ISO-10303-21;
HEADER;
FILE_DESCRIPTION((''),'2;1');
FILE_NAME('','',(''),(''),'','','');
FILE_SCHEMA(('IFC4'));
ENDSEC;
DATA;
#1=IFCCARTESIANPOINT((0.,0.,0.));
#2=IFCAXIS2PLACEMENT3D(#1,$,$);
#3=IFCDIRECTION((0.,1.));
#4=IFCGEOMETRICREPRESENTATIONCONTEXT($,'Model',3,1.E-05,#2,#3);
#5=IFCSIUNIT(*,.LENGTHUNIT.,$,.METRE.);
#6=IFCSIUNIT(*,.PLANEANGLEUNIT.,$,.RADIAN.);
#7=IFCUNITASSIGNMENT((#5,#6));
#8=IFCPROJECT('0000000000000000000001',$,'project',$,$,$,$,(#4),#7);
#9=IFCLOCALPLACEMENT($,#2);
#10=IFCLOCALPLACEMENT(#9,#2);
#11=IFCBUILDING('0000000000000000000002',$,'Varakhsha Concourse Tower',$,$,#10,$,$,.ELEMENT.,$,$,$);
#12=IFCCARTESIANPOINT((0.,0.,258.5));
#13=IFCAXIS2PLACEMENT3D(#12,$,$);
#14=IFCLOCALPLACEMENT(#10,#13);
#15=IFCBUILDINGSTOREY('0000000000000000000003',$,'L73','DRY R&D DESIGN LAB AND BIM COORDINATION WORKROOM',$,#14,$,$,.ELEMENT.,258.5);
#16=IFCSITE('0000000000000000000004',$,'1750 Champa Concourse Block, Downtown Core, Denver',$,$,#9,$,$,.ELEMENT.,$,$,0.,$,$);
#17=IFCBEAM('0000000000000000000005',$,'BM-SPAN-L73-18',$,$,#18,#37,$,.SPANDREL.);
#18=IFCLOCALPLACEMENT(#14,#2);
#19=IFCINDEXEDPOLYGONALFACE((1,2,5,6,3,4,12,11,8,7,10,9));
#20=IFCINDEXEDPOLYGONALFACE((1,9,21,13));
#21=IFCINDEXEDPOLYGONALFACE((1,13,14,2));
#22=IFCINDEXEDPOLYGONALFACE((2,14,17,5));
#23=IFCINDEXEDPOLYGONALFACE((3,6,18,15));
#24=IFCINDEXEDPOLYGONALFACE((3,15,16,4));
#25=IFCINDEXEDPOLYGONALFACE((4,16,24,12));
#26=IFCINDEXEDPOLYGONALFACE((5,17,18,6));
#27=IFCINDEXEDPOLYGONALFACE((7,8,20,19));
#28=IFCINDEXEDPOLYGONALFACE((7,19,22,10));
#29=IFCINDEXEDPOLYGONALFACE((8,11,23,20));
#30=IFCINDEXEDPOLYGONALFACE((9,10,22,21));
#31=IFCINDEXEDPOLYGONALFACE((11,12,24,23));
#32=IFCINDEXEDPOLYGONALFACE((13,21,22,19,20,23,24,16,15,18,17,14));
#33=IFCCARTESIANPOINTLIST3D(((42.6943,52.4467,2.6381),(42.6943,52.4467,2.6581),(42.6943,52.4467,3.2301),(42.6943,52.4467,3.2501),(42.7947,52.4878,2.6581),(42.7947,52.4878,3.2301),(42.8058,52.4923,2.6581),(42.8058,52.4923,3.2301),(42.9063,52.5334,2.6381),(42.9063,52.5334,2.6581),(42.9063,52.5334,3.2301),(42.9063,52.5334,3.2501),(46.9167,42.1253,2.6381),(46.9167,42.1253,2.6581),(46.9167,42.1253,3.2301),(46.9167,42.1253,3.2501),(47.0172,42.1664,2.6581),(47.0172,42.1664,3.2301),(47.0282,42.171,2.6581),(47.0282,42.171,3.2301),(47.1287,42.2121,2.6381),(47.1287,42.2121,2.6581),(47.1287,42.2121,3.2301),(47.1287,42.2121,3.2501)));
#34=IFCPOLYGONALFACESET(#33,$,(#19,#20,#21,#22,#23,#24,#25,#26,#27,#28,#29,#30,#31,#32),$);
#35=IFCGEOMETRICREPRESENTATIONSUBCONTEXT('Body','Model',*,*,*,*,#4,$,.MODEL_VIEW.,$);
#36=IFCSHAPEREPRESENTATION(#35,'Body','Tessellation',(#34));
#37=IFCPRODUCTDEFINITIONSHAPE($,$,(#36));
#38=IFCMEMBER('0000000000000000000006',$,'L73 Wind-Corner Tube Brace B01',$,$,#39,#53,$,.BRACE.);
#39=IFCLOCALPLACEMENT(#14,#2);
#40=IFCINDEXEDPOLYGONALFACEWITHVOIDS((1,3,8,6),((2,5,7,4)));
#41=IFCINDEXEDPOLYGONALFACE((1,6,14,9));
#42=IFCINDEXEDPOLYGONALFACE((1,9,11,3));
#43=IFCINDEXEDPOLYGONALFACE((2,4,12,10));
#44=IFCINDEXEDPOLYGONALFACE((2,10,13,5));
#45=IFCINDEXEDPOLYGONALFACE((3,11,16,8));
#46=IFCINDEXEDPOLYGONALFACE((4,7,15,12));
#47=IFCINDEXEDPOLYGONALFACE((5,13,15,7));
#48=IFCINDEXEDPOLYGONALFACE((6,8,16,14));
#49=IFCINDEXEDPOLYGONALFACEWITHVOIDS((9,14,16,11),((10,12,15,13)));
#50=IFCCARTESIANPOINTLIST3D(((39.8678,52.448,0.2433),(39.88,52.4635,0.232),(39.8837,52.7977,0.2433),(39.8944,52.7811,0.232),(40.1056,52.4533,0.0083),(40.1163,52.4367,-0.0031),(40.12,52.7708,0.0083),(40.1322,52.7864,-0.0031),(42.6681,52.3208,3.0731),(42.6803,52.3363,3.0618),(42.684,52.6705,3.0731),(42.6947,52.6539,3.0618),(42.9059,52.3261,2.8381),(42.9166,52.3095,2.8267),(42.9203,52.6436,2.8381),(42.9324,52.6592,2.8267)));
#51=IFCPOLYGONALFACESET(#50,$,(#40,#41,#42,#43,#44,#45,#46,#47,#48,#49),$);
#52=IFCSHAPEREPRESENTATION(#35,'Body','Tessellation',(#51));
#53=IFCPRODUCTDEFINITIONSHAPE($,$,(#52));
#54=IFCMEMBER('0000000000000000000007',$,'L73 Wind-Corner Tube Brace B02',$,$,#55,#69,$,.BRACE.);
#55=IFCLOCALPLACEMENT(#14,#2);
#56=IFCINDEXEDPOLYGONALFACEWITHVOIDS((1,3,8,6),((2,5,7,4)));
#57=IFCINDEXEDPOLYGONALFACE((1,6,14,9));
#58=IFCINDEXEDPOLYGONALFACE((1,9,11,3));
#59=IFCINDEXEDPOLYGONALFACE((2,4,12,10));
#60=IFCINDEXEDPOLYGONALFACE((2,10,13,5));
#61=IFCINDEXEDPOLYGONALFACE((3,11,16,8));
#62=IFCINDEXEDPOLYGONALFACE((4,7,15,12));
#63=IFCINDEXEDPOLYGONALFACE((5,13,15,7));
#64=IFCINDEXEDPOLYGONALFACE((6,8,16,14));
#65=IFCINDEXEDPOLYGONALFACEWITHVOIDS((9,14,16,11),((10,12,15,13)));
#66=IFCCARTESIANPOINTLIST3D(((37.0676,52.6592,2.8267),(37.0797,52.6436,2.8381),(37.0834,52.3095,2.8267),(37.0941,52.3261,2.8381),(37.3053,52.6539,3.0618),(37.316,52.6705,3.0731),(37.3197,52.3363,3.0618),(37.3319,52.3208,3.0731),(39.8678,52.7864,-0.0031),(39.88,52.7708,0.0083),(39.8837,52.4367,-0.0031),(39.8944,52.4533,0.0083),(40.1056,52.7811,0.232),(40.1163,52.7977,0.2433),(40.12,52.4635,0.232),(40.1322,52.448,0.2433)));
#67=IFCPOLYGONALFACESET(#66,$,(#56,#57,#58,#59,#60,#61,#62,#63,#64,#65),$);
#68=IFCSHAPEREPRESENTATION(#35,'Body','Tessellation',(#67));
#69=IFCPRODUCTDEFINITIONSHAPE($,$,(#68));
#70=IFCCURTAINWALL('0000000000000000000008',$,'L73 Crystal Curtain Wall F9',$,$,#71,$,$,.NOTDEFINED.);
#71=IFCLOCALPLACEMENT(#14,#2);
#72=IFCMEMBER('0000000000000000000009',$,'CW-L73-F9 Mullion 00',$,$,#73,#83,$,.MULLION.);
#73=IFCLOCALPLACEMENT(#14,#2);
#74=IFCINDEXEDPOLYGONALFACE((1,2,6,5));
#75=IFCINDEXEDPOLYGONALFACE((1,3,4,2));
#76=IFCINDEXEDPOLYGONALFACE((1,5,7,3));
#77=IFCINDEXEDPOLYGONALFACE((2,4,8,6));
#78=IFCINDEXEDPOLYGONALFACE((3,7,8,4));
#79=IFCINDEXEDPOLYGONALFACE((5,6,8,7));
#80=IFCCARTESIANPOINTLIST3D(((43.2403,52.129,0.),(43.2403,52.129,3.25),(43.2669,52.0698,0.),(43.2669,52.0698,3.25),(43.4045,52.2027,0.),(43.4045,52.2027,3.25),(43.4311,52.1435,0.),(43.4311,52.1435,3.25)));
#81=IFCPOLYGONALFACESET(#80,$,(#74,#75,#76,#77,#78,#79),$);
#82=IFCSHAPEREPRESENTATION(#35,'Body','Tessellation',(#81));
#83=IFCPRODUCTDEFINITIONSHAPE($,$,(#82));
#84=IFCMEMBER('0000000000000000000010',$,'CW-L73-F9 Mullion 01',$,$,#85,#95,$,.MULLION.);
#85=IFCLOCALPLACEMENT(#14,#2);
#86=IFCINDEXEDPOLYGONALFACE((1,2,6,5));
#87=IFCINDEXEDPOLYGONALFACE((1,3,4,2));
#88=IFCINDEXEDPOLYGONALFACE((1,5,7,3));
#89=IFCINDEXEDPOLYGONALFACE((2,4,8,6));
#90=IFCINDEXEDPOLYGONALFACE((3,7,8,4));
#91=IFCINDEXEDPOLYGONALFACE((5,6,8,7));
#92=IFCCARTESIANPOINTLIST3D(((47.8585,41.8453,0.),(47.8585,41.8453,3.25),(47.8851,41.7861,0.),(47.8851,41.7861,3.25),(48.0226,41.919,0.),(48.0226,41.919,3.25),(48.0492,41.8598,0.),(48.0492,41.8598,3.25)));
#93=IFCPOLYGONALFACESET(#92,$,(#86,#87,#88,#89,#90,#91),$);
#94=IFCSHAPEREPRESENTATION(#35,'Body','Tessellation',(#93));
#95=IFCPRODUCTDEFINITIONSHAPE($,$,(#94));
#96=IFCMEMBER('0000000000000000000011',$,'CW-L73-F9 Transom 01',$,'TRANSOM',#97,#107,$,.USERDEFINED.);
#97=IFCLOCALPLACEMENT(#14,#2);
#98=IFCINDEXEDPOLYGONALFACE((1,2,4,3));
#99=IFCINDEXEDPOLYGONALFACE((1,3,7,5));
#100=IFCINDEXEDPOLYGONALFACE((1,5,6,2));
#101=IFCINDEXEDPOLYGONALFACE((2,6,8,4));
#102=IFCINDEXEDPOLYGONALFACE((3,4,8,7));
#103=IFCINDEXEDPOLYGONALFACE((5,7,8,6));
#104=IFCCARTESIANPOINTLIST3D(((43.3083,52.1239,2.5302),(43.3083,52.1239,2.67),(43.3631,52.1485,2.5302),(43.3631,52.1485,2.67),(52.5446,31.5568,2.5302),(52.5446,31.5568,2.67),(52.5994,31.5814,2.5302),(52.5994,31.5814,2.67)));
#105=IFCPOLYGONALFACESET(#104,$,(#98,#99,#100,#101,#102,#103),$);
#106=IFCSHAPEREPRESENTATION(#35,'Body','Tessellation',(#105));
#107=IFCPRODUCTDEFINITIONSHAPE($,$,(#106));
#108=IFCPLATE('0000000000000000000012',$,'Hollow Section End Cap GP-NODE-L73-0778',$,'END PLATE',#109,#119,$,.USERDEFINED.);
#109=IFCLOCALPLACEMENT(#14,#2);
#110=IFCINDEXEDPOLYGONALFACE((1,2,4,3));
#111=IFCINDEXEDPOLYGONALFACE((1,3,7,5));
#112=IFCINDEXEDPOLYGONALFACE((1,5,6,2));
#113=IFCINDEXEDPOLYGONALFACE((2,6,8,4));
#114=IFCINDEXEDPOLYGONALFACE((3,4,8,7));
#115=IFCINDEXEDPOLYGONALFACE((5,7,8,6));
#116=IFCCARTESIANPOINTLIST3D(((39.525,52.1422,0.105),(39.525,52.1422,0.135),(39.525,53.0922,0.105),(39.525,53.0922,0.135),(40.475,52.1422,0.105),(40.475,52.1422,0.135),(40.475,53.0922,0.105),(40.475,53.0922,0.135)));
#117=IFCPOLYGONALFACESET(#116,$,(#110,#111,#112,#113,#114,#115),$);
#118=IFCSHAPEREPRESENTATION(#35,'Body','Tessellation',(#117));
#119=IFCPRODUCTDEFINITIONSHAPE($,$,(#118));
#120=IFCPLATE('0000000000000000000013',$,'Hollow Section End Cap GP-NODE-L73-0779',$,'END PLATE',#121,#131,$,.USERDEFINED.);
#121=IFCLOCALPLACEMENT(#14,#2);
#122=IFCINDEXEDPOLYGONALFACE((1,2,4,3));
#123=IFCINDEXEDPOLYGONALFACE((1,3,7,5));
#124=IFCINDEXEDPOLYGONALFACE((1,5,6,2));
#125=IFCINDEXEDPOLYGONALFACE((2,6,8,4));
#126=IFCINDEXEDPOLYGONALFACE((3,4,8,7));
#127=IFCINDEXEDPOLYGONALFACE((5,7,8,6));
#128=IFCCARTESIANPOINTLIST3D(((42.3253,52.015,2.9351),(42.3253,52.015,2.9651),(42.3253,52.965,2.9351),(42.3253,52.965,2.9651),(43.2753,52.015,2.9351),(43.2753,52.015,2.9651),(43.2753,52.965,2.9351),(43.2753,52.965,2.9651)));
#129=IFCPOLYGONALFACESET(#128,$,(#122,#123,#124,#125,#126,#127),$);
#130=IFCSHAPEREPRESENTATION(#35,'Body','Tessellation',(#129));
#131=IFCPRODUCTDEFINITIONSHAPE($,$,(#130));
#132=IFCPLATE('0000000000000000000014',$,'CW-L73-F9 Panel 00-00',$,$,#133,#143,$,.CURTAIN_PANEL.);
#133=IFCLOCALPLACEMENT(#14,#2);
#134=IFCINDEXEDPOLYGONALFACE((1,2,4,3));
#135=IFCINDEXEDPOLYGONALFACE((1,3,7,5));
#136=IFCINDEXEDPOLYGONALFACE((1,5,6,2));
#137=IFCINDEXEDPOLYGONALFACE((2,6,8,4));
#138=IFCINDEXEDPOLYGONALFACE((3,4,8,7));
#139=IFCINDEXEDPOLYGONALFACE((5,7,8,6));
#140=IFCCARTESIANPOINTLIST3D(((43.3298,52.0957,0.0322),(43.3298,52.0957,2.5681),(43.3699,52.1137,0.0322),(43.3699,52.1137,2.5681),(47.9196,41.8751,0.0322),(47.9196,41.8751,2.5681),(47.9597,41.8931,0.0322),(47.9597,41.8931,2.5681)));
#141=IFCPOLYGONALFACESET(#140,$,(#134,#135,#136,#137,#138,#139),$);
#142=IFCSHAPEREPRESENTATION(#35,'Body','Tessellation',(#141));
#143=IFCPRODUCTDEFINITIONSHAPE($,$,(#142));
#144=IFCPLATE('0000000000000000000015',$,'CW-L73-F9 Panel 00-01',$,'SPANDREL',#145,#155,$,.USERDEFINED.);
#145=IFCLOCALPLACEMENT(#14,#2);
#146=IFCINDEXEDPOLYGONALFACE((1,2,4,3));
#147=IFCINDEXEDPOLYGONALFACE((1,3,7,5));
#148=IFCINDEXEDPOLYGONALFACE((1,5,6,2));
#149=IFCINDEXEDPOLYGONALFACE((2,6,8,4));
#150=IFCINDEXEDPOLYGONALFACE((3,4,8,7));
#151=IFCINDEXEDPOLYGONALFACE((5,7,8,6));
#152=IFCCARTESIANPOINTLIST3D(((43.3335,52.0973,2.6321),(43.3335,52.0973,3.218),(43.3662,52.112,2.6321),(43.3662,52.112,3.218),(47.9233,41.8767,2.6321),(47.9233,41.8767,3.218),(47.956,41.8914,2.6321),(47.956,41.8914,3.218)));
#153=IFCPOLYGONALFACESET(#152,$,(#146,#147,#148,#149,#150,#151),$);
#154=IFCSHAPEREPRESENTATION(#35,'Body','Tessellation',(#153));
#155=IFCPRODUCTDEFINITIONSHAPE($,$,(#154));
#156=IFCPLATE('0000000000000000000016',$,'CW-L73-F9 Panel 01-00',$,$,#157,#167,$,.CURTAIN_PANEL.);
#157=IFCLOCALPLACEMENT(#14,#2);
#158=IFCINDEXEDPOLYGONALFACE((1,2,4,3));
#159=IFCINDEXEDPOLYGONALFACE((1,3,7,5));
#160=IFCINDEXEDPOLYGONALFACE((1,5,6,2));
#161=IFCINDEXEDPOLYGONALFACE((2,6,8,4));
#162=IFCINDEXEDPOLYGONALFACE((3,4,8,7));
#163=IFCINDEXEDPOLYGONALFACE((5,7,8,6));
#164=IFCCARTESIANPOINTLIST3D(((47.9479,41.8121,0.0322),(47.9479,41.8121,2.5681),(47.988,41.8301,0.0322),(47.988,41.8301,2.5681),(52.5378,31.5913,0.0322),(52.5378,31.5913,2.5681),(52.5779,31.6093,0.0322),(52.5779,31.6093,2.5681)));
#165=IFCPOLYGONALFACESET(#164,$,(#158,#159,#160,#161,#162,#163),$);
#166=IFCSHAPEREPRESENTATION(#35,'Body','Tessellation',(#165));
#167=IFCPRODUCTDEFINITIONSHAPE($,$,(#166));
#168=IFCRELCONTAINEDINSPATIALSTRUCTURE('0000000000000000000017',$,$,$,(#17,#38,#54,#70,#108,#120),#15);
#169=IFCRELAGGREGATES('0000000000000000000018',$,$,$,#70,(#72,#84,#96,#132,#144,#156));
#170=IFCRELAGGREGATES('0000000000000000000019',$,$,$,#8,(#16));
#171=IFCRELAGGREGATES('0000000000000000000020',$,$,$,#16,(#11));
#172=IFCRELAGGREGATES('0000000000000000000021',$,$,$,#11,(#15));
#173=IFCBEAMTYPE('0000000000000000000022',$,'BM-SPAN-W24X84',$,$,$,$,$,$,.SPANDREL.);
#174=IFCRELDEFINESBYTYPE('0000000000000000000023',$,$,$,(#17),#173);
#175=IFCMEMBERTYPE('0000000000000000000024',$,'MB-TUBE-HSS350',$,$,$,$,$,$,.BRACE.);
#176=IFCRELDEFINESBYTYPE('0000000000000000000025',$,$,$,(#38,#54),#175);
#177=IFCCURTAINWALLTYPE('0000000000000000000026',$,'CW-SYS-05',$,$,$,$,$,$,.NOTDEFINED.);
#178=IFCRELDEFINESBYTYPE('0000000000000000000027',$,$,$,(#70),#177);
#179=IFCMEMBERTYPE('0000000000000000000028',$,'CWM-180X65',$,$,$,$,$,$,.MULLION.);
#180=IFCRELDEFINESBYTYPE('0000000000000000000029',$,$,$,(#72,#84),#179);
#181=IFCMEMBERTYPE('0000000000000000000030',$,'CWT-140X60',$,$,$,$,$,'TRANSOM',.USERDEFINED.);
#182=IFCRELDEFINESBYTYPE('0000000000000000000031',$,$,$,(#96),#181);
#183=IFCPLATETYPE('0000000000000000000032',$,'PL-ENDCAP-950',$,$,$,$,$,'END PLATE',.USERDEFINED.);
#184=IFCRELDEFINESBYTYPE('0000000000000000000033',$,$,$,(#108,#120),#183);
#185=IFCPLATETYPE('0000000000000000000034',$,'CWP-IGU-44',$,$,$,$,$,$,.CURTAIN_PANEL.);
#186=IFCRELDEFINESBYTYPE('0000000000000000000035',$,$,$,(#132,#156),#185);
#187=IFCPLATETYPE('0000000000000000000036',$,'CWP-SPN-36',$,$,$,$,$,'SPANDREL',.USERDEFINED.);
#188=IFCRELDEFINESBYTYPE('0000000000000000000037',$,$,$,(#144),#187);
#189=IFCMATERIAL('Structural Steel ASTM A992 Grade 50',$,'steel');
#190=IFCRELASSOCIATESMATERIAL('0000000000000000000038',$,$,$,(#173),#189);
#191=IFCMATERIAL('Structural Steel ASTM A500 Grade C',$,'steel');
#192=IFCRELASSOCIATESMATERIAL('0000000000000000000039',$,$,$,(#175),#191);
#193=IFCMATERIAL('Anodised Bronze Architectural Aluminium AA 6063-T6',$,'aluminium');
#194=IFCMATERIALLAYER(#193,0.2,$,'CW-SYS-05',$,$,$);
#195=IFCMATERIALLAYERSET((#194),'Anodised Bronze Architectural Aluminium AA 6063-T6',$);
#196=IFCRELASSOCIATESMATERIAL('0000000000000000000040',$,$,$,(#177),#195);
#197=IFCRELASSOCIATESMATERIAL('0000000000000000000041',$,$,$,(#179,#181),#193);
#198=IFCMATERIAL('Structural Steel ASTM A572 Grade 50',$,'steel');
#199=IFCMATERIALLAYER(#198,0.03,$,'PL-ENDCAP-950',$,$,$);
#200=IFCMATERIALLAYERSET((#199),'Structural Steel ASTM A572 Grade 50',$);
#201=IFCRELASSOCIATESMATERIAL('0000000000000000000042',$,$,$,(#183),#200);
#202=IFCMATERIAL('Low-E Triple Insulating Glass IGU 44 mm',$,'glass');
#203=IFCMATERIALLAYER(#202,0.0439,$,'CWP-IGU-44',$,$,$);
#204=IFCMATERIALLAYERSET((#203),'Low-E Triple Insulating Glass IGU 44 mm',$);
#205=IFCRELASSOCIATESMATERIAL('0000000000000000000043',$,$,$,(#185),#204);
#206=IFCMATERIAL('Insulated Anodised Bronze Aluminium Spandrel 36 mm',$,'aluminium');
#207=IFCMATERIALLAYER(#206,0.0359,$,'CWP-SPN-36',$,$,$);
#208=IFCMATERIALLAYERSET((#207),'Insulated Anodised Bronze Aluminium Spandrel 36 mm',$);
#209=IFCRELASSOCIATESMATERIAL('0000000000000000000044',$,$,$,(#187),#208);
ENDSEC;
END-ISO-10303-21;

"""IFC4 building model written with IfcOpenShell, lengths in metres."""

from ifc_helpers import new_model, si_unit, direction, frame, origin, origin_2d, place, context, subcontext, project, spatial, rectangle, hollow_rectangle, i_section, extrude, source, transform, mapped, material, layer, layer_set, material_profile, profile_set, type_object, type_shapes, element, aggregate, save


model = new_model("IFC4")

# Units and contexts
model_context = context("Model", 3, precision=1e-05, world=origin(), true_north=direction((0.0, 1.0)))
body_context = subcontext(model_context, "Body", "Model", "MODEL_VIEW")
ifc_project = project(units=[si_unit("LENGTHUNIT", "METRE"), si_unit("PLANEANGLEUNIT", "RADIAN")], contexts=[model_context])

# Site, building, storey
site_placement = place(None, origin())
site = spatial("IfcSite", under=ifc_project, at=site_placement, Name="1750 Champa Concourse Block, Downtown Core, Denver", CompositionType="ELEMENT", RefElevation=0.0)
building_placement = place(site_placement, origin())
building = spatial("IfcBuilding", under=site, at=building_placement, Name="Varakhsha Concourse Tower", CompositionType="ELEMENT")
storey_placement = place(building_placement, frame((0.0, 0.0, 258.5)))
storey = spatial("IfcBuildingStorey", under=building, at=storey_placement, Name="L73", Description="DRY R&D DESIGN LAB AND BIM COORDINATION WORKROOM", CompositionType="ELEMENT", Elevation=258.5)

# Shared definitions
ifc_material_1 = material(Name="Structural Steel ASTM A992 Grade 50", Category="steel")
ifc_material_2 = material(Name="Structural Steel ASTM A572 Grade 50", Category="steel")

# Beam
ifc_material_profile_1 = material_profile(ifc_material_1, i_section(OverallWidth=0.229, OverallDepth=0.6121, WebThickness=0.012, FlangeThickness=0.02, at=origin_2d()), Name="W24X84")
ifc_profile_set_1 = profile_set([ifc_material_profile_1], Name="Structural Steel ASTM A992 Grade 50")
beam_type_1 = type_object("IfcBeamType", Name="BM-SPAN-W24X84", PredefinedType="SPANDREL", material=ifc_profile_set_1)
beam_1_placement = place(storey_placement, frame((47.0227, 42.1687, 2.9441), z_axis=(-0.378638, 0.925545, 0.0), x_axis=(-0.925545, -0.378638, 0.0)))
element("IfcBeam", 1, at=beam_1_placement, inside=storey, type_object=beam_type_1, Name="BM-SPAN-L73-18", PredefinedType="SPANDREL", context=body_context, shape_type="SweptSolid", body=[
    extrude(i_section(OverallWidth=0.229, OverallDepth=0.6121, WebThickness=0.012, FlangeThickness=0.02, at=origin_2d()), origin(), (0.0, 0.0, 1.0), 11.1516),
])

# Members
ifc_material_3 = material(Name="Structural Steel ASTM A500 Grade C", Category="steel")
ifc_material_profile_2 = material_profile(ifc_material_3, hollow_rectangle(XDim=0.3501, YDim=0.3501, WallThickness=0.0161, at=origin_2d()), Name="HSS 350x350x16")
ifc_profile_set_2 = profile_set([ifc_material_profile_2], Name="Structural Steel ASTM A500 Grade C")
member_type_1 = type_object("IfcMemberType", Name="MB-TUBE-HSS350", PredefinedType="BRACE", material=ifc_profile_set_2)
shared_shape_1 = source(origin(), body_context, "Body", "SweptSolid", [
    extrude(hollow_rectangle(XDim=0.3501, YDim=0.3501, WallThickness=0.0161, at=origin_2d()), origin(), (0.0, 0.0, 1.0), 3.9832),
])
type_shapes(member_type_1, [shared_shape_1])
for number, where, z_axis, x_axis, name in (
    (2, (40.0, 52.6172, 0.1201), (0.703028, -0.031934, 0.710445), (0.045376, 0.99897, 0.0), "L73 Wind-Corner Tube Brace B01"),
    (3, (40.0, 52.6172, 0.1201), (-0.703028, -0.031934, 0.710445), (0.045376, -0.99897, 0.0), "L73 Wind-Corner Tube Brace B02"),
):
    element("IfcMember", number, at=place(storey_placement, frame(where, z_axis=z_axis, x_axis=x_axis)), inside=storey, type_object=member_type_1, Name=name, PredefinedType="BRACE", context=body_context, shape_type="MappedRepresentation", body=[
        mapped(shared_shape_1, transform((0.0, 0.0, 0.0), scale=1.0)),
    ])

# Curtain wall, members
ifc_material_4 = material(Name="Anodised Bronze Architectural Aluminium AA 6063-T6", Category="aluminium")
ifc_layer_1 = layer(ifc_material_4, 0.2, Name="CW-SYS-05")
ifc_layer_set_1 = layer_set([ifc_layer_1], Name="Anodised Bronze Architectural Aluminium AA 6063-T6")
curtain_wall_type = type_object("IfcCurtainWallType", Name="CW-SYS-05", PredefinedType="NOTDEFINED", material=ifc_layer_set_1)
curtain_wall_placement = place(storey_placement, origin())
curtain_wall = element("IfcCurtainWall", 4, at=curtain_wall_placement, inside=storey, type_object=curtain_wall_type, Name="L73 Crystal Curtain Wall F9", PredefinedType="NOTDEFINED")
ifc_material_profile_3 = material_profile(ifc_material_4, rectangle(XDim=0.0649, YDim=0.1799, at=origin_2d()), Name="CWM-180X65")
ifc_profile_set_3 = profile_set([ifc_material_profile_3], Name="Anodised Bronze Architectural Aluminium AA 6063-T6")
member_type_2 = type_object("IfcMemberType", Name="CWM-180X65", PredefinedType="MULLION", material=ifc_profile_set_3)
shared_shape_2 = source(origin(), body_context, "Body", "SweptSolid", [
    extrude(rectangle(XDim=0.0649, YDim=0.1799, at=origin_2d()), origin(), (0.0, 0.0, 1.0), 3.25),
])
type_shapes(member_type_2, [shared_shape_2])
member_1_placement = place(storey_placement, frame((43.3357, 52.1362, 0.0), z_axis=(0.0, 0.0, 1.0), x_axis=(0.409662, -0.912237, 0.0)))
member_1 = element("IfcMember", 5, at=member_1_placement, type_object=member_type_2, Name="CW-L73-F9 Mullion 00", PredefinedType="MULLION", context=body_context, shape_type="MappedRepresentation", body=[
    mapped(shared_shape_2, transform((0.0, 0.0, 0.0), scale=1.0)),
])
member_2_placement = place(storey_placement, frame((47.9539, 41.8525, 0.0), z_axis=(0.0, 0.0, 1.0), x_axis=(0.409662, -0.912237, 0.0)))
member_2 = element("IfcMember", 6, at=member_2_placement, type_object=member_type_2, Name="CW-L73-F9 Mullion 01", PredefinedType="MULLION", context=body_context, shape_type="MappedRepresentation", body=[
    mapped(shared_shape_2, transform((0.0, 0.0, 0.0), scale=1.0)),
])
ifc_material_profile_4 = material_profile(ifc_material_4, rectangle(XDim=0.0601, YDim=0.1399, at=origin_2d()), Name="CWT-140X60")
ifc_profile_set_4 = profile_set([ifc_material_profile_4], Name="Anodised Bronze Architectural Aluminium AA 6063-T6")
member_type_3 = type_object("IfcMemberType", Name="CWT-140X60", ElementType="TRANSOM", PredefinedType="USERDEFINED", material=ifc_profile_set_4)
shared_shape_3 = source(origin(), body_context, "Body", "SweptSolid", [
    extrude(rectangle(XDim=0.0601, YDim=0.1399, at=origin_2d()), origin(), (0.0, 0.0, 1.0), 22.5459),
])
type_shapes(member_type_3, [shared_shape_3])
member_3_placement = place(storey_placement, frame((43.3357, 52.1362, 2.6001), z_axis=(0.409668, -0.912235, 0.0), x_axis=(0.912235, 0.409668, 0.0)))
member_3 = element("IfcMember", 7, at=member_3_placement, type_object=member_type_3, Name="CW-L73-F9 Transom 01", ObjectType="TRANSOM", PredefinedType="USERDEFINED", context=body_context, shape_type="MappedRepresentation", body=[
    mapped(shared_shape_3, transform((0.0, 0.0, 0.0), scale=1.0)),
])

# Plates
ifc_layer_2 = layer(ifc_material_2, 0.03, Name="PL-ENDCAP-950")
ifc_layer_set_2 = layer_set([ifc_layer_2], Name="Structural Steel ASTM A572 Grade 50")
plate_type_1 = type_object("IfcPlateType", Name="PL-ENDCAP-950", ElementType="END PLATE", PredefinedType="USERDEFINED", material=ifc_layer_set_2)
shared_shape_4 = source(origin(), body_context, "Body", "SweptSolid", [
    extrude(rectangle(XDim=0.95, YDim=0.95, at=origin_2d()), origin(), (0.0, 0.0, 1.0), 0.03),
])
type_shapes(plate_type_1, [shared_shape_4])
for number, where, z_axis, x_axis, name in (
    (8, (40.0, 52.6172, 0.105), (0.0, 0.0, 1.0), (1.0, 0.0, 0.0), "Hollow Section End Cap GP-NODE-L73-0778"),
    (9, (42.8003, 52.49, 2.9351), (0.0, 0.0, 1.0), (1.0, 0.0, 0.0), "Hollow Section End Cap GP-NODE-L73-0779"),
):
    element("IfcPlate", number, at=place(storey_placement, frame(where, z_axis=z_axis, x_axis=x_axis)), inside=storey, type_object=plate_type_1, Name=name, ObjectType="END PLATE", PredefinedType="USERDEFINED", context=body_context, shape_type="MappedRepresentation", body=[
        mapped(shared_shape_4, transform((0.0, 0.0, 0.0), scale=1.0)),
    ])

# Plates
ifc_material_5 = material(Name="Low-E Triple Insulating Glass IGU 44 mm", Category="glass")
ifc_layer_3 = layer(ifc_material_5, 0.0439, Name="CWP-IGU-44")
ifc_layer_set_3 = layer_set([ifc_layer_3], Name="Low-E Triple Insulating Glass IGU 44 mm")
plate_type_2 = type_object("IfcPlateType", Name="CWP-IGU-44", PredefinedType="CURTAIN_PANEL", material=ifc_layer_set_3)
shared_shape_5 = source(origin(), body_context, "Body", "SweptSolid", [
    extrude(rectangle(XDim=11.2039, YDim=0.0439, at=origin_2d()), origin(), (0.0, 0.0, 1.0), 2.5359),
])
plate_1_placement = place(storey_placement, frame((45.6448, 46.9944, 0.0322), z_axis=(0.0, 0.0, 1.0), x_axis=(0.409662, -0.912237, 0.0)))
plate_1 = element("IfcPlate", 10, at=plate_1_placement, type_object=plate_type_2, Name="CW-L73-F9 Panel 00-00", PredefinedType="CURTAIN_PANEL", context=body_context, shape_type="MappedRepresentation", body=[
    mapped(shared_shape_5, transform((0.0, 0.0, 0.0), scale=1.0)),
])
ifc_material_6 = material(Name="Insulated Anodised Bronze Aluminium Spandrel 36 mm", Category="aluminium")
ifc_layer_4 = layer(ifc_material_6, 0.0359, Name="CWP-SPN-36")
ifc_layer_set_4 = layer_set([ifc_layer_4], Name="Insulated Anodised Bronze Aluminium Spandrel 36 mm")
plate_type_3 = type_object("IfcPlateType", Name="CWP-SPN-36", ElementType="SPANDREL", PredefinedType="USERDEFINED", material=ifc_layer_set_4)
shared_shape_6 = source(origin(), body_context, "Body", "SweptSolid", [
    extrude(rectangle(XDim=11.2039, YDim=0.0359, at=origin_2d()), origin(), (0.0, 0.0, 1.0), 0.5859),
])
plate_2_placement = place(storey_placement, frame((45.6448, 46.9944, 2.6321), z_axis=(0.0, 0.0, 1.0), x_axis=(0.409662, -0.912237, 0.0)))
plate_2 = element("IfcPlate", 11, at=plate_2_placement, type_object=plate_type_3, Name="CW-L73-F9 Panel 00-01", ObjectType="SPANDREL", PredefinedType="USERDEFINED", context=body_context, shape_type="MappedRepresentation", body=[
    mapped(shared_shape_6, transform((0.0, 0.0, 0.0), scale=1.0)),
])
shared_shape_7 = source(origin(), body_context, "Body", "SweptSolid", [
    extrude(rectangle(XDim=11.2041, YDim=0.0439, at=origin_2d()), origin(), (0.0, 0.0, 1.0), 2.5359),
])
type_shapes(plate_type_2, [shared_shape_5, shared_shape_7])
plate_3_placement = place(storey_placement, frame((50.2629, 36.7107, 0.0322), z_axis=(0.0, 0.0, 1.0), x_axis=(0.409662, -0.912237, 0.0)))
plate_3 = element("IfcPlate", 12, at=plate_3_placement, type_object=plate_type_2, Name="CW-L73-F9 Panel 01-00", PredefinedType="CURTAIN_PANEL", context=body_context, shape_type="MappedRepresentation", body=[
    mapped(shared_shape_7, transform((0.0, 0.0, 0.0), scale=1.0)),
])
aggregate(curtain_wall, [member_1, member_2, member_3, plate_1, plate_2, plate_3])

save(model, "model.ifc")
